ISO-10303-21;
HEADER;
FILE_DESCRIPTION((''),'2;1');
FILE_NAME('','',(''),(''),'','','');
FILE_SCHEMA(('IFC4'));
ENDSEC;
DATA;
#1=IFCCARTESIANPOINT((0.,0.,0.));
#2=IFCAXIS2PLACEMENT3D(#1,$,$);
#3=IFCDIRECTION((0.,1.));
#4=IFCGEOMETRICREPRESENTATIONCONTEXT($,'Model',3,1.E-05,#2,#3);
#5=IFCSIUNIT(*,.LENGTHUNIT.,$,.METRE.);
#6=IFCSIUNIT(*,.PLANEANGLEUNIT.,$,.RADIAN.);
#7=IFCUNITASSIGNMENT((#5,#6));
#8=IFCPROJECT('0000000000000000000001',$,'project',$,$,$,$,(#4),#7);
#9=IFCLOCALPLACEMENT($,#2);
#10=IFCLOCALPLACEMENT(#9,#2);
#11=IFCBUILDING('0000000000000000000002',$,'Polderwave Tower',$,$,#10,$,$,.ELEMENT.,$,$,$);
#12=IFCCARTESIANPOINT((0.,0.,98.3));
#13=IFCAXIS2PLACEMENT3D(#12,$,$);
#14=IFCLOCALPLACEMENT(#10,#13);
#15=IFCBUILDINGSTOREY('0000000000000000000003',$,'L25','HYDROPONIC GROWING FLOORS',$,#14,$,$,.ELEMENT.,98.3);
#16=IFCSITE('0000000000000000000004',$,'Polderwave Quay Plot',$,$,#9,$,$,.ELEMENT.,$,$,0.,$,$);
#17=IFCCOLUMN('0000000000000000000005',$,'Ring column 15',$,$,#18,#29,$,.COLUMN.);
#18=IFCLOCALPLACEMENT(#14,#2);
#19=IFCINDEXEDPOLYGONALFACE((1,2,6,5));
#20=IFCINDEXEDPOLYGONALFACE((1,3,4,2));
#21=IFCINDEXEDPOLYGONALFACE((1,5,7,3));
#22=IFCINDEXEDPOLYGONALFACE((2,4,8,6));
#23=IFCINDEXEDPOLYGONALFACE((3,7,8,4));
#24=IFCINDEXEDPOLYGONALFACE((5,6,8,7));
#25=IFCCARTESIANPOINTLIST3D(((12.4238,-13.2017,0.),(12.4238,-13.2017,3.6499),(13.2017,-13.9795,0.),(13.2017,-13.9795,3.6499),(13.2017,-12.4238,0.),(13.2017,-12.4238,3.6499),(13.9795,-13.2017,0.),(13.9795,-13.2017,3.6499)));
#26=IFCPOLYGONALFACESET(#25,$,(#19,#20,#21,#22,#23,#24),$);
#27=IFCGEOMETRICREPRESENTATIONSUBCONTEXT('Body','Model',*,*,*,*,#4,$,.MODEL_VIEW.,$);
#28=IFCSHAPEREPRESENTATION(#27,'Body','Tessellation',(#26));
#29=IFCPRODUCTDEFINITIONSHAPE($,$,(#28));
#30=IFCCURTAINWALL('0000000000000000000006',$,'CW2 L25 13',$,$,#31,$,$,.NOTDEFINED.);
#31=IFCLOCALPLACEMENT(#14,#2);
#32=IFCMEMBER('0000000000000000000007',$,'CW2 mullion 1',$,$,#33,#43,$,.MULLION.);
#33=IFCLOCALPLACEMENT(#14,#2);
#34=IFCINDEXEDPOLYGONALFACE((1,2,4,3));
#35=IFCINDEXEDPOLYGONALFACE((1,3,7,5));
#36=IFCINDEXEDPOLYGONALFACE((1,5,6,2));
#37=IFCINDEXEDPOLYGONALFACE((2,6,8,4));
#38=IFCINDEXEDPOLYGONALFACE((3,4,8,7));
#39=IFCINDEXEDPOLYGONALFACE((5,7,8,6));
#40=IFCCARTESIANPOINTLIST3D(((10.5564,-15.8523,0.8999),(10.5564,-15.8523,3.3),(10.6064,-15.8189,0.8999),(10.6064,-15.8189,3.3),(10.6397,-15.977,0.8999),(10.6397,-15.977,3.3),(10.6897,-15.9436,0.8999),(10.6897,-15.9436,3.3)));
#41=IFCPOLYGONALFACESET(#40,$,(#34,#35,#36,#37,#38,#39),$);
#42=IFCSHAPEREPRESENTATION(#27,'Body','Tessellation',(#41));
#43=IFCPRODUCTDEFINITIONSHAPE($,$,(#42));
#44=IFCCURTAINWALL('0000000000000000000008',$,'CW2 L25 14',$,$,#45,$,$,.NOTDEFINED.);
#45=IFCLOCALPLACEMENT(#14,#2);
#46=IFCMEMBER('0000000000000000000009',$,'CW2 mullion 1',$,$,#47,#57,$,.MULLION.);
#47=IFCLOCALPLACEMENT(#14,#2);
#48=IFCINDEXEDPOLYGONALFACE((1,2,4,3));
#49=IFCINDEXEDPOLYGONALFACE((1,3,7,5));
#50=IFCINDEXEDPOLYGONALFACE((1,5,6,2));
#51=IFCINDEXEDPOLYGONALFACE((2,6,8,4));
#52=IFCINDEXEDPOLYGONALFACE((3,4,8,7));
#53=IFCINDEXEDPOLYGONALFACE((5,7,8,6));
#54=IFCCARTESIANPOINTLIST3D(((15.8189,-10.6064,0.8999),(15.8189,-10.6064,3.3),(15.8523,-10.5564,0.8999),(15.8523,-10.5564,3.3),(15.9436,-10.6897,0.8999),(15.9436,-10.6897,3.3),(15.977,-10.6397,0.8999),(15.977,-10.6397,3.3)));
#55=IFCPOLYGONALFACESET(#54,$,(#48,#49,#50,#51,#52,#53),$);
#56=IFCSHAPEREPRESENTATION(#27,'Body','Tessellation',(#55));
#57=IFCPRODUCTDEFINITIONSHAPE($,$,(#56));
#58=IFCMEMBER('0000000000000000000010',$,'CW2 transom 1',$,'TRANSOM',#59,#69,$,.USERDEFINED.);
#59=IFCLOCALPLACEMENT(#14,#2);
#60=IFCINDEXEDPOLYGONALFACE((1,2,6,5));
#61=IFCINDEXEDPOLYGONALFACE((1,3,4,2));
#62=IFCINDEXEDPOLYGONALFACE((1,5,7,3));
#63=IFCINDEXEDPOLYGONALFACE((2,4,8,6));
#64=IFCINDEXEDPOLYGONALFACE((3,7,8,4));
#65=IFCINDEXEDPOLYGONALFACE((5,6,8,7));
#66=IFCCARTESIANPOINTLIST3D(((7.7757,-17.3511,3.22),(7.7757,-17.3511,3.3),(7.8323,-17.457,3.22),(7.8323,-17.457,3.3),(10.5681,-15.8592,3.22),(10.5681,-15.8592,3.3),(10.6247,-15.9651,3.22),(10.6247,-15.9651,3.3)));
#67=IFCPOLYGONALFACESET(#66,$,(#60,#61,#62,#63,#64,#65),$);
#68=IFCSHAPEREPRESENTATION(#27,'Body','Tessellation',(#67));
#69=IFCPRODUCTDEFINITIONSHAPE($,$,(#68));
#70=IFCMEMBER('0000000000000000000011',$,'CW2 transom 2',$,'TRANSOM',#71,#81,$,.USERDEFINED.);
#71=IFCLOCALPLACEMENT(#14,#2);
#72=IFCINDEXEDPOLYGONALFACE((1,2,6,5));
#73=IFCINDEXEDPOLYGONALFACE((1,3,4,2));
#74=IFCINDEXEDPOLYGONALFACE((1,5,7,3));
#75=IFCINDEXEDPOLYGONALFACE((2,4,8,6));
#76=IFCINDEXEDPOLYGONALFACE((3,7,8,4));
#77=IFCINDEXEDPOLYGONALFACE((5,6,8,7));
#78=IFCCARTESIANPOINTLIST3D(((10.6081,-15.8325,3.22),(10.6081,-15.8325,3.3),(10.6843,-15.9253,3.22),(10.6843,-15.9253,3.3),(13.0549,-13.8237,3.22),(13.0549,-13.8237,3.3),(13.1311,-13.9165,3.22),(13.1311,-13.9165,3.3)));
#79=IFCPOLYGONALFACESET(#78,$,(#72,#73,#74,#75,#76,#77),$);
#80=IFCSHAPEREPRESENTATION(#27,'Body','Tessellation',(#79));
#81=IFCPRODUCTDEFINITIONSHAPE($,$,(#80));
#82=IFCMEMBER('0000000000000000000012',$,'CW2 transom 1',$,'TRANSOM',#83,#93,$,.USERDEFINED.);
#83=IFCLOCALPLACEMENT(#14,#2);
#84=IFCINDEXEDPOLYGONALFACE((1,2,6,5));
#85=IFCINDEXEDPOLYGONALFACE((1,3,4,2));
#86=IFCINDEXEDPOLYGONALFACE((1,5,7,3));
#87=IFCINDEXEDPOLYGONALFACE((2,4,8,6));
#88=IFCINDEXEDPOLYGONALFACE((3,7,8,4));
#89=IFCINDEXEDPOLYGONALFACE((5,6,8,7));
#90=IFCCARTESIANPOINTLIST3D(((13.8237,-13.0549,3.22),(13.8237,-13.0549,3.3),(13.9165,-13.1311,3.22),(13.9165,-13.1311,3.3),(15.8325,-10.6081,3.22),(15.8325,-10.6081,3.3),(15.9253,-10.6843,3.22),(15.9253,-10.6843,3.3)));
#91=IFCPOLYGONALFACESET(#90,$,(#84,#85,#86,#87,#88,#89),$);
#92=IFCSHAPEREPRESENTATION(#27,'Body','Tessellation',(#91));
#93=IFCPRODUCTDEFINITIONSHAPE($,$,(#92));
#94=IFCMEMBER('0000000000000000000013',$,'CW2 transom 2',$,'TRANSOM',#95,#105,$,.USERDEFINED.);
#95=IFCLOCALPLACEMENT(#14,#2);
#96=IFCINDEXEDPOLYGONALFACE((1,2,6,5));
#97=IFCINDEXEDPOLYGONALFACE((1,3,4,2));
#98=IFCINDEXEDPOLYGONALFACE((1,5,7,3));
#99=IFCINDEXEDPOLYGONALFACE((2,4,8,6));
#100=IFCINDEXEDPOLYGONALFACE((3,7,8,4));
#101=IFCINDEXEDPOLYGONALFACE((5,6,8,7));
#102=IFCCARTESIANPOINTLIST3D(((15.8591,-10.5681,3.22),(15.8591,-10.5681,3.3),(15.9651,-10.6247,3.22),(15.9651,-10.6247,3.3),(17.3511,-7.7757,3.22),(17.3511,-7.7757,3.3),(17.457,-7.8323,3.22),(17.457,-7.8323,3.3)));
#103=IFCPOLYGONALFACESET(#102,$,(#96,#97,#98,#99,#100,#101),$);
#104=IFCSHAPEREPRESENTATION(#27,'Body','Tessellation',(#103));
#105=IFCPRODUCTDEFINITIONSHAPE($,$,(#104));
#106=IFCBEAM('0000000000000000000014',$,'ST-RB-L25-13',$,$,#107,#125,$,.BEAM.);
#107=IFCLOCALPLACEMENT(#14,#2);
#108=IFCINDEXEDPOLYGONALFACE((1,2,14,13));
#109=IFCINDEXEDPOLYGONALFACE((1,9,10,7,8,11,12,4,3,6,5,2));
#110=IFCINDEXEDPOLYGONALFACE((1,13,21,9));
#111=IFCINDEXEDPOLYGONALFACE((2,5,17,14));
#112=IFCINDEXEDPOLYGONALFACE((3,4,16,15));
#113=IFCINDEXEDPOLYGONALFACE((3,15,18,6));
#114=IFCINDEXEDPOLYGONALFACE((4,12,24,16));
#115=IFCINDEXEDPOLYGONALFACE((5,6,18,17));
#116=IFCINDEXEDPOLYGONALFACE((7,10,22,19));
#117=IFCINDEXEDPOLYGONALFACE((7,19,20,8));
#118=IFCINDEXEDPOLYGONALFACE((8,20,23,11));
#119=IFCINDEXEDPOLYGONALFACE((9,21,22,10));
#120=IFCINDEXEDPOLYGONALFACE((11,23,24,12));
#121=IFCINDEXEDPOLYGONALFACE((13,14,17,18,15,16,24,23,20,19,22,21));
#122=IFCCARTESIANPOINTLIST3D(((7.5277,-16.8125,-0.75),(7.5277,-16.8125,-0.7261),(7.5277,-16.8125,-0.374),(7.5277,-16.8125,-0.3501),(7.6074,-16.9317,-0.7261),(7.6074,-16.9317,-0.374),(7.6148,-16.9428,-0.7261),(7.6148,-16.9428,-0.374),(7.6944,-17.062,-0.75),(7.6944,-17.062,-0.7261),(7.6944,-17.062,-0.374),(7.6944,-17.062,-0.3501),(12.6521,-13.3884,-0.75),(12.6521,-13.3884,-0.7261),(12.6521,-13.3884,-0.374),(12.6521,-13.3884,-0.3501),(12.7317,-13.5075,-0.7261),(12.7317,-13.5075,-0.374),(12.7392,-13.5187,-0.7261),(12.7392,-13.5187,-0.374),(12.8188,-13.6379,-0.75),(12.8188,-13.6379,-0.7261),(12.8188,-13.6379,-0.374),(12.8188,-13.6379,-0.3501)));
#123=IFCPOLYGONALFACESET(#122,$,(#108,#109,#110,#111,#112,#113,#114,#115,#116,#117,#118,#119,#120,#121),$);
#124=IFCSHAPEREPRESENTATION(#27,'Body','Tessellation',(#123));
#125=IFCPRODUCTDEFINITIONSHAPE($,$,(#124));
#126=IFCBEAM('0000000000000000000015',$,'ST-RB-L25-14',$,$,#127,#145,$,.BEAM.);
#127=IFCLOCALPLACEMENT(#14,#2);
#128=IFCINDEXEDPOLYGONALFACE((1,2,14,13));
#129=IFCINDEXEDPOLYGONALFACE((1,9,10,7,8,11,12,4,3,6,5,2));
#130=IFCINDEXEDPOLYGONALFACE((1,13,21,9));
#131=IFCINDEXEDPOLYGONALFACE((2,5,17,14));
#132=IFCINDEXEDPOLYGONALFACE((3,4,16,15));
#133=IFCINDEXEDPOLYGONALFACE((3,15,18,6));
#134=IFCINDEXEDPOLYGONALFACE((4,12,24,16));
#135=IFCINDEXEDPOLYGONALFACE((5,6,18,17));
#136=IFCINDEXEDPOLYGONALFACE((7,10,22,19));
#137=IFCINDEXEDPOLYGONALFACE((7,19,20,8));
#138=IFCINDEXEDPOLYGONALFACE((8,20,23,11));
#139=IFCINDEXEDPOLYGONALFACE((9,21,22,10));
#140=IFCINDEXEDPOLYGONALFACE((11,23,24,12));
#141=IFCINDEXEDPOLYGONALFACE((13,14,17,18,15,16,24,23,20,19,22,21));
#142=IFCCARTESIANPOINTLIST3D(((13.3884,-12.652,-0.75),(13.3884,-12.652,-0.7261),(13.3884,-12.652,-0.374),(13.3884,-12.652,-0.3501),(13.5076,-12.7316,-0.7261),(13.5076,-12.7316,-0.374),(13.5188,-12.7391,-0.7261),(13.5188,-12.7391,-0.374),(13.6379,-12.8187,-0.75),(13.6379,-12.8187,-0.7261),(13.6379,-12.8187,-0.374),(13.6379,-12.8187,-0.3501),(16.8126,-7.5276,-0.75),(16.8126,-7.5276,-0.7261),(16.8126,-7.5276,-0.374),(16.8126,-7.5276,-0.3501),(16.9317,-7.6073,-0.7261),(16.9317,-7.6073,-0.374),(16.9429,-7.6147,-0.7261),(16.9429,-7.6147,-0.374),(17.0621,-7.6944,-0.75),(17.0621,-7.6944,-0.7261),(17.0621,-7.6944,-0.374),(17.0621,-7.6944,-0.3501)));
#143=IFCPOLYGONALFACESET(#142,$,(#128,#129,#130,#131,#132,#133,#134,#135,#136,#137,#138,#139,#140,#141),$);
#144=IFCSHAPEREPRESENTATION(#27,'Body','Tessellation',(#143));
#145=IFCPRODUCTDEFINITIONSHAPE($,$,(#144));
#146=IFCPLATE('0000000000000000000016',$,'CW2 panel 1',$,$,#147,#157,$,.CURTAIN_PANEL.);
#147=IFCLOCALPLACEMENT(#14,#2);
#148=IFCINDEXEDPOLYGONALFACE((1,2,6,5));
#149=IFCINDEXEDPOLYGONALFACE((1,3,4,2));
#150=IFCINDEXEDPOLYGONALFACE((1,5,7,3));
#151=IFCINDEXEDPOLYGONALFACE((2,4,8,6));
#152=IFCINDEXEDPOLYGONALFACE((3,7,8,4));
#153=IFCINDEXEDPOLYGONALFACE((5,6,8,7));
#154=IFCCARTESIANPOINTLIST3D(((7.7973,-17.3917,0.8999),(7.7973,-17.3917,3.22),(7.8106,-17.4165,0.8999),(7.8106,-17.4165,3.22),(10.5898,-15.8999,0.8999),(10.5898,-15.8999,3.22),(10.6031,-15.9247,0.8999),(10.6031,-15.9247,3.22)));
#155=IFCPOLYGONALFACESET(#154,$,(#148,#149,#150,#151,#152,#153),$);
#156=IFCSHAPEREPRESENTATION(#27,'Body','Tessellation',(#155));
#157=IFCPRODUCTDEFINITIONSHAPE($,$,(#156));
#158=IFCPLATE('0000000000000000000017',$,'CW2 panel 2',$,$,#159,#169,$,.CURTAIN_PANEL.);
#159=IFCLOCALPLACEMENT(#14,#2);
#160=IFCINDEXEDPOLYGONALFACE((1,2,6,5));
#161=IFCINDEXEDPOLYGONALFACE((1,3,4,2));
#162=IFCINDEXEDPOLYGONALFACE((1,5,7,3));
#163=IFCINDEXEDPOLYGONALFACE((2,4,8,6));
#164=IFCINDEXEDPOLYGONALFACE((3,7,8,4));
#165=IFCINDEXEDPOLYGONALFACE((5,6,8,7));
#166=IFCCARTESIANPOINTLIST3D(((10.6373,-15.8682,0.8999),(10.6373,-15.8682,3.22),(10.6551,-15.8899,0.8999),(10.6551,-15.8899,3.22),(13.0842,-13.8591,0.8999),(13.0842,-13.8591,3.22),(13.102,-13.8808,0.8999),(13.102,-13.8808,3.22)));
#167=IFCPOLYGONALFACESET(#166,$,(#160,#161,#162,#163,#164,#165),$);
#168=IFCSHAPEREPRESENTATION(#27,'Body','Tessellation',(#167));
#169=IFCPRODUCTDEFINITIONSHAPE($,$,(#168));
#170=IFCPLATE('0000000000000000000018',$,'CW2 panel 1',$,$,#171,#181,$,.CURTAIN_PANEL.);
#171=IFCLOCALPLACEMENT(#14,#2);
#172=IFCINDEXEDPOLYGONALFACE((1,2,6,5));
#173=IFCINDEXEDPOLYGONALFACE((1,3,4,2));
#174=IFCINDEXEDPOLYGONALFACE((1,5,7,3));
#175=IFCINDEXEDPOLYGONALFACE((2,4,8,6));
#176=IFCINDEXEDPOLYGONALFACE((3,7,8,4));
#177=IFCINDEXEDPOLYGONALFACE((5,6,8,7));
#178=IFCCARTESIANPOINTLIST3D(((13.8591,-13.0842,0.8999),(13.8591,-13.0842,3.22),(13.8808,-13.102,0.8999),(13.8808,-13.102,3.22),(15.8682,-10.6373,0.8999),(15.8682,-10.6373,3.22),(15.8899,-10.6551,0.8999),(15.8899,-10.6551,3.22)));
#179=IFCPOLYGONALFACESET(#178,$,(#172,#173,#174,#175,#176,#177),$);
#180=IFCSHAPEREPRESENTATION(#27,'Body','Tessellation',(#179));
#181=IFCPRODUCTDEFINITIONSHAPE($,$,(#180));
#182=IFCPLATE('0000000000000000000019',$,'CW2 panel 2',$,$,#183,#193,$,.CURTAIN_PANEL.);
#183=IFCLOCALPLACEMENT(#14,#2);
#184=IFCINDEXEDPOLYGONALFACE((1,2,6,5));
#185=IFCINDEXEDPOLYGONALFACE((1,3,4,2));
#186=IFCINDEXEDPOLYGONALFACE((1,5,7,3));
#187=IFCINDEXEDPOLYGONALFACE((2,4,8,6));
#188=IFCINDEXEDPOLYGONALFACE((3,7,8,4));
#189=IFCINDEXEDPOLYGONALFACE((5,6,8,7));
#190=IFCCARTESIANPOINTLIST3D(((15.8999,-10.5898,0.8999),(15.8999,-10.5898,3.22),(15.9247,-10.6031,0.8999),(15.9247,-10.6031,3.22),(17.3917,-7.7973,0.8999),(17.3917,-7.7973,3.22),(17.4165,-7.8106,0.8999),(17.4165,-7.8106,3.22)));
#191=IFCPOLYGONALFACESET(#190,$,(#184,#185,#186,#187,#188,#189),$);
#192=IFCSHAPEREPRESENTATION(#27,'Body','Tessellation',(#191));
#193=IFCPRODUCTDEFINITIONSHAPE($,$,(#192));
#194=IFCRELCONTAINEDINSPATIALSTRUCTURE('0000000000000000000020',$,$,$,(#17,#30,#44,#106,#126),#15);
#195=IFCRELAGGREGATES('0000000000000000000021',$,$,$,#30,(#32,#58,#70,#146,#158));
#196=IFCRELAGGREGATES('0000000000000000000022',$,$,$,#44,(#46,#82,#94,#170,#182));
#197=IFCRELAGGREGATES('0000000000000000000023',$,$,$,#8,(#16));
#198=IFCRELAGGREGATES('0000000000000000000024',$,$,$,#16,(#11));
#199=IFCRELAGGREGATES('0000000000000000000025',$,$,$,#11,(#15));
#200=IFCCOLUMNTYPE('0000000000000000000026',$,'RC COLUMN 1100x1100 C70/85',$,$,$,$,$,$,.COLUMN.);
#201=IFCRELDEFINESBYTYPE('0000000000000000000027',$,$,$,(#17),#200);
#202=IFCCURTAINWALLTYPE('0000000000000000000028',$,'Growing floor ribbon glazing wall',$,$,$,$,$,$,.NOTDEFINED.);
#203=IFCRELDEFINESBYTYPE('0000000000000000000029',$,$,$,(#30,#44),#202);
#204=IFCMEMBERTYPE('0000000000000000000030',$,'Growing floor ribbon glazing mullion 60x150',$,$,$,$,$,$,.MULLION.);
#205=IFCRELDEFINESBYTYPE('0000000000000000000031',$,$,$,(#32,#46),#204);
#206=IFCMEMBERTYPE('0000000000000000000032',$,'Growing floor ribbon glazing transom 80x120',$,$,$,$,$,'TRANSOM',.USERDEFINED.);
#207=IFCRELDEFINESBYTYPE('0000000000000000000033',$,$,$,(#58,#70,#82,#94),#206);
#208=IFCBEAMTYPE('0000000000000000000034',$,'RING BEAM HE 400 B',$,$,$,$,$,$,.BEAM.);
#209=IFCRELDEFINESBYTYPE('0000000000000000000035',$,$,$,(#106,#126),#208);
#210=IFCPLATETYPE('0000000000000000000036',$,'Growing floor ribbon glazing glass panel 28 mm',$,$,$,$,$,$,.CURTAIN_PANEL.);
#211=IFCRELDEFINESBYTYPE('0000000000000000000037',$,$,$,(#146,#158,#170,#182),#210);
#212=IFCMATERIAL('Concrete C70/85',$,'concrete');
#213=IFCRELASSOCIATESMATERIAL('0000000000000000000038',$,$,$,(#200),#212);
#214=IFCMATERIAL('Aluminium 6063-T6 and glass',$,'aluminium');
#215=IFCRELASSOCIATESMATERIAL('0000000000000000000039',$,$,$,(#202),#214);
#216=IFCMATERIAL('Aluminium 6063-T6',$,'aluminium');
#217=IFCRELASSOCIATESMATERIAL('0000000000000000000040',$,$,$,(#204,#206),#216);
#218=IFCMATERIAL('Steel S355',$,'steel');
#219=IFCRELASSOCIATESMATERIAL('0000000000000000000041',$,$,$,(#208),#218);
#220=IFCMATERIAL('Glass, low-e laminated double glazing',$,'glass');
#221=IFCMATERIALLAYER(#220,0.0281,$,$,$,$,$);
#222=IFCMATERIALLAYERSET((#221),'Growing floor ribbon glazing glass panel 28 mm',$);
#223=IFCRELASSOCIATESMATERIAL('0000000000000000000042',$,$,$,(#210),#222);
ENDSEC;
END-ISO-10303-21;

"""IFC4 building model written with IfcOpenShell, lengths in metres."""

from ifc_helpers import new_model, si_unit, direction, frame, origin, origin_2d, place, context, subcontext, project, spatial, rectangle, i_section, extrude, material, layer, layer_set, material_profile, profile_set, type_object, element, aggregate, save


model = new_model("IFC4")

# Units and contexts
model_context = context("Model", 3, precision=1e-05, world=origin(), true_north=direction((0.0, 1.0)))
body_context = subcontext(model_context, "Body", "Model", "MODEL_VIEW")
ifc_project = project(units=[si_unit("LENGTHUNIT", "METRE"), si_unit("PLANEANGLEUNIT", "RADIAN")], contexts=[model_context])

# Site, building, storey
site_placement = place(None, origin())
site = spatial("IfcSite", under=ifc_project, at=site_placement, Name="Polderwave Quay Plot", CompositionType="ELEMENT", RefElevation=0.0)
building_placement = place(site_placement, origin())
building = spatial("IfcBuilding", under=site, at=building_placement, Name="Polderwave Tower", CompositionType="ELEMENT")
storey_placement = place(building_placement, frame((0.0, 0.0, 98.3)))
storey = spatial("IfcBuildingStorey", under=building, at=storey_placement, Name="L25", Description="HYDROPONIC GROWING FLOORS", CompositionType="ELEMENT", Elevation=98.3)

# Column
ifc_material_1 = material(Name="Concrete C70/85", Category="concrete")
ifc_material_profile_1 = material_profile(ifc_material_1, rectangle(XDim=1.1001, YDim=1.1001, at=origin_2d()), Name="RC 1100x1100")
ifc_profile_set_1 = profile_set([ifc_material_profile_1], Name="Concrete C70/85")
column_type = type_object("IfcColumnType", Name="RC COLUMN 1100x1100 C70/85", PredefinedType="COLUMN", material=ifc_profile_set_1)
column_placement = place(storey_placement, frame((13.2017, -13.2017, 0.0), z_axis=(0.0, 0.0, 1.0), x_axis=(0.707107, -0.707107, 0.0)))
element("IfcColumn", 1, at=column_placement, inside=storey, type_object=column_type, Name="Ring column 15", PredefinedType="COLUMN", context=body_context, shape_type="SweptSolid", body=[
    extrude(rectangle(XDim=1.1001, YDim=1.1001, at=origin_2d()), origin(), (0.0, 0.0, 1.0), 3.6499),
])

# Curtain walls, members
ifc_material_2 = material(Name="Aluminium 6063-T6 and glass", Category="aluminium")
curtain_wall_type = type_object("IfcCurtainWallType", Name="Growing floor ribbon glazing wall", PredefinedType="NOTDEFINED", material=ifc_material_2)
curtain_wall_1_placement = place(storey_placement, origin())
curtain_wall_1 = element("IfcCurtainWall", 2, at=curtain_wall_1_placement, inside=storey, type_object=curtain_wall_type, Name="CW2 L25 13", PredefinedType="NOTDEFINED")
ifc_material_3 = material(Name="Aluminium 6063-T6", Category="aluminium")
ifc_material_profile_2 = material_profile(ifc_material_3, rectangle(XDim=0.1499, YDim=0.0601, at=origin_2d()), Name="AL 60x150")
ifc_profile_set_2 = profile_set([ifc_material_profile_2], Name="Aluminium 6063-T6")
member_type_1 = type_object("IfcMemberType", Name="Growing floor ribbon glazing mullion 60x150", PredefinedType="MULLION", material=ifc_profile_set_2)
member_1_placement = place(storey_placement, frame((10.623, -15.8979, 0.8999), z_axis=(0.0, 0.0, 1.0), x_axis=(-0.555573, 0.831468, 0.0)))
member_1 = element("IfcMember", 3, at=member_1_placement, type_object=member_type_1, Name="CW2 mullion 1", PredefinedType="MULLION", context=body_context, shape_type="SweptSolid", body=[
    extrude(rectangle(XDim=0.1499, YDim=0.0601, at=origin_2d()), origin(), (0.0, 0.0, 1.0), 2.4001),
])
curtain_wall_2_placement = place(storey_placement, origin())
curtain_wall_2 = element("IfcCurtainWall", 4, at=curtain_wall_2_placement, inside=storey, type_object=curtain_wall_type, Name="CW2 L25 14", PredefinedType="NOTDEFINED")
member_2_placement = place(storey_placement, frame((15.8979, -10.623, 0.8999), z_axis=(0.0, 0.0, 1.0), x_axis=(-0.831468, 0.555573, 0.0)))
member_2 = element("IfcMember", 5, at=member_2_placement, type_object=member_type_1, Name="CW2 mullion 1", PredefinedType="MULLION", context=body_context, shape_type="SweptSolid", body=[
    extrude(rectangle(XDim=0.1499, YDim=0.0601, at=origin_2d()), origin(), (0.0, 0.0, 1.0), 2.4001),
])

# Members
ifc_material_profile_3 = material_profile(ifc_material_3, rectangle(XDim=0.1201, YDim=0.0801, at=origin_2d()), Name="AL 80x120")
ifc_profile_set_3 = profile_set([ifc_material_profile_3], Name="Aluminium 6063-T6")
member_type_2 = type_object("IfcMemberType", Name="Growing floor ribbon glazing transom 80x120", ElementType="TRANSOM", PredefinedType="USERDEFINED", material=ifc_profile_set_3)
member_3_placement = place(storey_placement, frame((7.804, -17.4041, 3.26), z_axis=(0.882009, 0.471232, 0.0), x_axis=(-0.471232, 0.882009, 0.0)))
member_3 = element("IfcMember", 6, at=member_3_placement, type_object=member_type_2, Name="CW2 transom 1", ObjectType="TRANSOM", PredefinedType="USERDEFINED", context=body_context, shape_type="SweptSolid", body=[
    extrude(rectangle(XDim=0.1201, YDim=0.0801, at=origin_2d()), origin(), (0.0, 0.0, 1.0), 3.166),
])
member_4_placement = place(storey_placement, frame((10.6462, -15.8789, 3.26), z_axis=(0.772891, 0.634539, 0.0), x_axis=(-0.634539, 0.772891, 0.0)))
member_4 = element("IfcMember", 7, at=member_4_placement, type_object=member_type_2, Name="CW2 transom 2", ObjectType="TRANSOM", PredefinedType="USERDEFINED", context=body_context, shape_type="SweptSolid", body=[
    extrude(rectangle(XDim=0.1201, YDim=0.0801, at=origin_2d()), origin(), (0.0, 0.0, 1.0), 3.1658),
])
member_5_placement = place(storey_placement, frame((13.8701, -13.093, 3.26), z_axis=(0.634539, 0.772891, 0.0), x_axis=(-0.772891, 0.634539, 0.0)))
member_5 = element("IfcMember", 8, at=member_5_placement, type_object=member_type_2, Name="CW2 transom 1", ObjectType="TRANSOM", PredefinedType="USERDEFINED", context=body_context, shape_type="SweptSolid", body=[
    extrude(rectangle(XDim=0.1201, YDim=0.0801, at=origin_2d()), origin(), (0.0, 0.0, 1.0), 3.1658),
])
member_6_placement = place(storey_placement, frame((15.9121, -10.5964, 3.26), z_axis=(0.471232, 0.882009, 0.0), x_axis=(-0.882009, 0.471232, 0.0)))
member_6 = element("IfcMember", 9, at=member_6_placement, type_object=member_type_2, Name="CW2 transom 2", ObjectType="TRANSOM", PredefinedType="USERDEFINED", context=body_context, shape_type="SweptSolid", body=[
    extrude(rectangle(XDim=0.1201, YDim=0.0801, at=origin_2d()), origin(), (0.0, 0.0, 1.0), 3.166),
])

# Beams
ifc_material_4 = material(Name="Steel S355", Category="steel")
ifc_material_profile_4 = material_profile(ifc_material_4, i_section(OverallWidth=0.3, OverallDepth=0.3999, WebThickness=0.0134, FlangeThickness=0.0239, at=origin_2d()), Name="HE 400 B")
ifc_profile_set_4 = profile_set([ifc_material_profile_4], Name="Steel S355")
beam_type = type_object("IfcBeamType", Name="RING BEAM HE 400 B", PredefinedType="BEAM", material=ifc_profile_set_4)
for number, where, z_axis, x_axis, name in (
    (10, (7.6111, -16.9373, -0.55), (0.831459, 0.555587, 0.0), (-0.555587, 0.831459, 0.0), "ST-RB-L25-13"),
    (11, (13.5132, -12.7354, -0.55), (0.555587, 0.831459, 0.0), (-0.831459, 0.555587, 0.0), "ST-RB-L25-14"),
):
    element("IfcBeam", number, at=place(storey_placement, frame(where, z_axis=z_axis, x_axis=x_axis)), inside=storey, type_object=beam_type, Name=name, PredefinedType="BEAM", context=body_context, shape_type="SweptSolid", body=[
        extrude(i_section(OverallWidth=0.3, OverallDepth=0.3999, WebThickness=0.0134, FlangeThickness=0.0239, at=origin_2d()), origin(), (0.0, 0.0, 1.0), 6.1631),
    ])

# Plates
ifc_material_5 = material(Name="Glass, low-e laminated double glazing", Category="glass")
ifc_layer_1 = layer(ifc_material_5, 0.0281)
ifc_layer_set_1 = layer_set([ifc_layer_1], Name="Growing floor ribbon glazing glass panel 28 mm")
plate_type = type_object("IfcPlateType", Name="Growing floor ribbon glazing glass panel 28 mm", PredefinedType="CURTAIN_PANEL", material=ifc_layer_set_1)
plate_1_placement = place(storey_placement, frame((9.2002, -16.6582, 0.8999), z_axis=(0.0, 0.0, 1.0), x_axis=(0.882023, 0.471206, 0.0)))
plate_1 = element("IfcPlate", 12, at=plate_1_placement, type_object=plate_type, Name="CW2 panel 1", PredefinedType="CURTAIN_PANEL", context=body_context, shape_type="SweptSolid", body=[
    extrude(rectangle(XDim=3.166, YDim=0.0281, at=origin_2d()), origin(), (0.0, 0.0, 1.0), 2.3201),
])
plate_2_placement = place(storey_placement, frame((11.8696, -14.8745, 0.8999), z_axis=(0.0, 0.0, 1.0), x_axis=(0.772869, 0.634566, 0.0)))
plate_2 = element("IfcPlate", 13, at=plate_2_placement, type_object=plate_type, Name="CW2 panel 2", PredefinedType="CURTAIN_PANEL", context=body_context, shape_type="SweptSolid", body=[
    extrude(rectangle(XDim=3.166, YDim=0.0281, at=origin_2d()), origin(), (0.0, 0.0, 1.0), 2.3201),
])
aggregate(curtain_wall_1, [member_1, member_3, member_4, plate_1, plate_2])
plate_3_placement = place(storey_placement, frame((14.8745, -11.8696, 0.8999), z_axis=(0.0, 0.0, 1.0), x_axis=(0.634566, 0.772869, 0.0)))
plate_3 = element("IfcPlate", 14, at=plate_3_placement, type_object=plate_type, Name="CW2 panel 1", PredefinedType="CURTAIN_PANEL", context=body_context, shape_type="SweptSolid", body=[
    extrude(rectangle(XDim=3.166, YDim=0.0281, at=origin_2d()), origin(), (0.0, 0.0, 1.0), 2.3201),
])
plate_4_placement = place(storey_placement, frame((16.6582, -9.2002, 0.8999), z_axis=(0.0, 0.0, 1.0), x_axis=(0.471206, 0.882023, 0.0)))
plate_4 = element("IfcPlate", 15, at=plate_4_placement, type_object=plate_type, Name="CW2 panel 2", PredefinedType="CURTAIN_PANEL", context=body_context, shape_type="SweptSolid", body=[
    extrude(rectangle(XDim=3.166, YDim=0.0281, at=origin_2d()), origin(), (0.0, 0.0, 1.0), 2.3201),
])
aggregate(curtain_wall_2, [member_2, member_5, member_6, plate_3, plate_4])

save(model, "model.ifc")
